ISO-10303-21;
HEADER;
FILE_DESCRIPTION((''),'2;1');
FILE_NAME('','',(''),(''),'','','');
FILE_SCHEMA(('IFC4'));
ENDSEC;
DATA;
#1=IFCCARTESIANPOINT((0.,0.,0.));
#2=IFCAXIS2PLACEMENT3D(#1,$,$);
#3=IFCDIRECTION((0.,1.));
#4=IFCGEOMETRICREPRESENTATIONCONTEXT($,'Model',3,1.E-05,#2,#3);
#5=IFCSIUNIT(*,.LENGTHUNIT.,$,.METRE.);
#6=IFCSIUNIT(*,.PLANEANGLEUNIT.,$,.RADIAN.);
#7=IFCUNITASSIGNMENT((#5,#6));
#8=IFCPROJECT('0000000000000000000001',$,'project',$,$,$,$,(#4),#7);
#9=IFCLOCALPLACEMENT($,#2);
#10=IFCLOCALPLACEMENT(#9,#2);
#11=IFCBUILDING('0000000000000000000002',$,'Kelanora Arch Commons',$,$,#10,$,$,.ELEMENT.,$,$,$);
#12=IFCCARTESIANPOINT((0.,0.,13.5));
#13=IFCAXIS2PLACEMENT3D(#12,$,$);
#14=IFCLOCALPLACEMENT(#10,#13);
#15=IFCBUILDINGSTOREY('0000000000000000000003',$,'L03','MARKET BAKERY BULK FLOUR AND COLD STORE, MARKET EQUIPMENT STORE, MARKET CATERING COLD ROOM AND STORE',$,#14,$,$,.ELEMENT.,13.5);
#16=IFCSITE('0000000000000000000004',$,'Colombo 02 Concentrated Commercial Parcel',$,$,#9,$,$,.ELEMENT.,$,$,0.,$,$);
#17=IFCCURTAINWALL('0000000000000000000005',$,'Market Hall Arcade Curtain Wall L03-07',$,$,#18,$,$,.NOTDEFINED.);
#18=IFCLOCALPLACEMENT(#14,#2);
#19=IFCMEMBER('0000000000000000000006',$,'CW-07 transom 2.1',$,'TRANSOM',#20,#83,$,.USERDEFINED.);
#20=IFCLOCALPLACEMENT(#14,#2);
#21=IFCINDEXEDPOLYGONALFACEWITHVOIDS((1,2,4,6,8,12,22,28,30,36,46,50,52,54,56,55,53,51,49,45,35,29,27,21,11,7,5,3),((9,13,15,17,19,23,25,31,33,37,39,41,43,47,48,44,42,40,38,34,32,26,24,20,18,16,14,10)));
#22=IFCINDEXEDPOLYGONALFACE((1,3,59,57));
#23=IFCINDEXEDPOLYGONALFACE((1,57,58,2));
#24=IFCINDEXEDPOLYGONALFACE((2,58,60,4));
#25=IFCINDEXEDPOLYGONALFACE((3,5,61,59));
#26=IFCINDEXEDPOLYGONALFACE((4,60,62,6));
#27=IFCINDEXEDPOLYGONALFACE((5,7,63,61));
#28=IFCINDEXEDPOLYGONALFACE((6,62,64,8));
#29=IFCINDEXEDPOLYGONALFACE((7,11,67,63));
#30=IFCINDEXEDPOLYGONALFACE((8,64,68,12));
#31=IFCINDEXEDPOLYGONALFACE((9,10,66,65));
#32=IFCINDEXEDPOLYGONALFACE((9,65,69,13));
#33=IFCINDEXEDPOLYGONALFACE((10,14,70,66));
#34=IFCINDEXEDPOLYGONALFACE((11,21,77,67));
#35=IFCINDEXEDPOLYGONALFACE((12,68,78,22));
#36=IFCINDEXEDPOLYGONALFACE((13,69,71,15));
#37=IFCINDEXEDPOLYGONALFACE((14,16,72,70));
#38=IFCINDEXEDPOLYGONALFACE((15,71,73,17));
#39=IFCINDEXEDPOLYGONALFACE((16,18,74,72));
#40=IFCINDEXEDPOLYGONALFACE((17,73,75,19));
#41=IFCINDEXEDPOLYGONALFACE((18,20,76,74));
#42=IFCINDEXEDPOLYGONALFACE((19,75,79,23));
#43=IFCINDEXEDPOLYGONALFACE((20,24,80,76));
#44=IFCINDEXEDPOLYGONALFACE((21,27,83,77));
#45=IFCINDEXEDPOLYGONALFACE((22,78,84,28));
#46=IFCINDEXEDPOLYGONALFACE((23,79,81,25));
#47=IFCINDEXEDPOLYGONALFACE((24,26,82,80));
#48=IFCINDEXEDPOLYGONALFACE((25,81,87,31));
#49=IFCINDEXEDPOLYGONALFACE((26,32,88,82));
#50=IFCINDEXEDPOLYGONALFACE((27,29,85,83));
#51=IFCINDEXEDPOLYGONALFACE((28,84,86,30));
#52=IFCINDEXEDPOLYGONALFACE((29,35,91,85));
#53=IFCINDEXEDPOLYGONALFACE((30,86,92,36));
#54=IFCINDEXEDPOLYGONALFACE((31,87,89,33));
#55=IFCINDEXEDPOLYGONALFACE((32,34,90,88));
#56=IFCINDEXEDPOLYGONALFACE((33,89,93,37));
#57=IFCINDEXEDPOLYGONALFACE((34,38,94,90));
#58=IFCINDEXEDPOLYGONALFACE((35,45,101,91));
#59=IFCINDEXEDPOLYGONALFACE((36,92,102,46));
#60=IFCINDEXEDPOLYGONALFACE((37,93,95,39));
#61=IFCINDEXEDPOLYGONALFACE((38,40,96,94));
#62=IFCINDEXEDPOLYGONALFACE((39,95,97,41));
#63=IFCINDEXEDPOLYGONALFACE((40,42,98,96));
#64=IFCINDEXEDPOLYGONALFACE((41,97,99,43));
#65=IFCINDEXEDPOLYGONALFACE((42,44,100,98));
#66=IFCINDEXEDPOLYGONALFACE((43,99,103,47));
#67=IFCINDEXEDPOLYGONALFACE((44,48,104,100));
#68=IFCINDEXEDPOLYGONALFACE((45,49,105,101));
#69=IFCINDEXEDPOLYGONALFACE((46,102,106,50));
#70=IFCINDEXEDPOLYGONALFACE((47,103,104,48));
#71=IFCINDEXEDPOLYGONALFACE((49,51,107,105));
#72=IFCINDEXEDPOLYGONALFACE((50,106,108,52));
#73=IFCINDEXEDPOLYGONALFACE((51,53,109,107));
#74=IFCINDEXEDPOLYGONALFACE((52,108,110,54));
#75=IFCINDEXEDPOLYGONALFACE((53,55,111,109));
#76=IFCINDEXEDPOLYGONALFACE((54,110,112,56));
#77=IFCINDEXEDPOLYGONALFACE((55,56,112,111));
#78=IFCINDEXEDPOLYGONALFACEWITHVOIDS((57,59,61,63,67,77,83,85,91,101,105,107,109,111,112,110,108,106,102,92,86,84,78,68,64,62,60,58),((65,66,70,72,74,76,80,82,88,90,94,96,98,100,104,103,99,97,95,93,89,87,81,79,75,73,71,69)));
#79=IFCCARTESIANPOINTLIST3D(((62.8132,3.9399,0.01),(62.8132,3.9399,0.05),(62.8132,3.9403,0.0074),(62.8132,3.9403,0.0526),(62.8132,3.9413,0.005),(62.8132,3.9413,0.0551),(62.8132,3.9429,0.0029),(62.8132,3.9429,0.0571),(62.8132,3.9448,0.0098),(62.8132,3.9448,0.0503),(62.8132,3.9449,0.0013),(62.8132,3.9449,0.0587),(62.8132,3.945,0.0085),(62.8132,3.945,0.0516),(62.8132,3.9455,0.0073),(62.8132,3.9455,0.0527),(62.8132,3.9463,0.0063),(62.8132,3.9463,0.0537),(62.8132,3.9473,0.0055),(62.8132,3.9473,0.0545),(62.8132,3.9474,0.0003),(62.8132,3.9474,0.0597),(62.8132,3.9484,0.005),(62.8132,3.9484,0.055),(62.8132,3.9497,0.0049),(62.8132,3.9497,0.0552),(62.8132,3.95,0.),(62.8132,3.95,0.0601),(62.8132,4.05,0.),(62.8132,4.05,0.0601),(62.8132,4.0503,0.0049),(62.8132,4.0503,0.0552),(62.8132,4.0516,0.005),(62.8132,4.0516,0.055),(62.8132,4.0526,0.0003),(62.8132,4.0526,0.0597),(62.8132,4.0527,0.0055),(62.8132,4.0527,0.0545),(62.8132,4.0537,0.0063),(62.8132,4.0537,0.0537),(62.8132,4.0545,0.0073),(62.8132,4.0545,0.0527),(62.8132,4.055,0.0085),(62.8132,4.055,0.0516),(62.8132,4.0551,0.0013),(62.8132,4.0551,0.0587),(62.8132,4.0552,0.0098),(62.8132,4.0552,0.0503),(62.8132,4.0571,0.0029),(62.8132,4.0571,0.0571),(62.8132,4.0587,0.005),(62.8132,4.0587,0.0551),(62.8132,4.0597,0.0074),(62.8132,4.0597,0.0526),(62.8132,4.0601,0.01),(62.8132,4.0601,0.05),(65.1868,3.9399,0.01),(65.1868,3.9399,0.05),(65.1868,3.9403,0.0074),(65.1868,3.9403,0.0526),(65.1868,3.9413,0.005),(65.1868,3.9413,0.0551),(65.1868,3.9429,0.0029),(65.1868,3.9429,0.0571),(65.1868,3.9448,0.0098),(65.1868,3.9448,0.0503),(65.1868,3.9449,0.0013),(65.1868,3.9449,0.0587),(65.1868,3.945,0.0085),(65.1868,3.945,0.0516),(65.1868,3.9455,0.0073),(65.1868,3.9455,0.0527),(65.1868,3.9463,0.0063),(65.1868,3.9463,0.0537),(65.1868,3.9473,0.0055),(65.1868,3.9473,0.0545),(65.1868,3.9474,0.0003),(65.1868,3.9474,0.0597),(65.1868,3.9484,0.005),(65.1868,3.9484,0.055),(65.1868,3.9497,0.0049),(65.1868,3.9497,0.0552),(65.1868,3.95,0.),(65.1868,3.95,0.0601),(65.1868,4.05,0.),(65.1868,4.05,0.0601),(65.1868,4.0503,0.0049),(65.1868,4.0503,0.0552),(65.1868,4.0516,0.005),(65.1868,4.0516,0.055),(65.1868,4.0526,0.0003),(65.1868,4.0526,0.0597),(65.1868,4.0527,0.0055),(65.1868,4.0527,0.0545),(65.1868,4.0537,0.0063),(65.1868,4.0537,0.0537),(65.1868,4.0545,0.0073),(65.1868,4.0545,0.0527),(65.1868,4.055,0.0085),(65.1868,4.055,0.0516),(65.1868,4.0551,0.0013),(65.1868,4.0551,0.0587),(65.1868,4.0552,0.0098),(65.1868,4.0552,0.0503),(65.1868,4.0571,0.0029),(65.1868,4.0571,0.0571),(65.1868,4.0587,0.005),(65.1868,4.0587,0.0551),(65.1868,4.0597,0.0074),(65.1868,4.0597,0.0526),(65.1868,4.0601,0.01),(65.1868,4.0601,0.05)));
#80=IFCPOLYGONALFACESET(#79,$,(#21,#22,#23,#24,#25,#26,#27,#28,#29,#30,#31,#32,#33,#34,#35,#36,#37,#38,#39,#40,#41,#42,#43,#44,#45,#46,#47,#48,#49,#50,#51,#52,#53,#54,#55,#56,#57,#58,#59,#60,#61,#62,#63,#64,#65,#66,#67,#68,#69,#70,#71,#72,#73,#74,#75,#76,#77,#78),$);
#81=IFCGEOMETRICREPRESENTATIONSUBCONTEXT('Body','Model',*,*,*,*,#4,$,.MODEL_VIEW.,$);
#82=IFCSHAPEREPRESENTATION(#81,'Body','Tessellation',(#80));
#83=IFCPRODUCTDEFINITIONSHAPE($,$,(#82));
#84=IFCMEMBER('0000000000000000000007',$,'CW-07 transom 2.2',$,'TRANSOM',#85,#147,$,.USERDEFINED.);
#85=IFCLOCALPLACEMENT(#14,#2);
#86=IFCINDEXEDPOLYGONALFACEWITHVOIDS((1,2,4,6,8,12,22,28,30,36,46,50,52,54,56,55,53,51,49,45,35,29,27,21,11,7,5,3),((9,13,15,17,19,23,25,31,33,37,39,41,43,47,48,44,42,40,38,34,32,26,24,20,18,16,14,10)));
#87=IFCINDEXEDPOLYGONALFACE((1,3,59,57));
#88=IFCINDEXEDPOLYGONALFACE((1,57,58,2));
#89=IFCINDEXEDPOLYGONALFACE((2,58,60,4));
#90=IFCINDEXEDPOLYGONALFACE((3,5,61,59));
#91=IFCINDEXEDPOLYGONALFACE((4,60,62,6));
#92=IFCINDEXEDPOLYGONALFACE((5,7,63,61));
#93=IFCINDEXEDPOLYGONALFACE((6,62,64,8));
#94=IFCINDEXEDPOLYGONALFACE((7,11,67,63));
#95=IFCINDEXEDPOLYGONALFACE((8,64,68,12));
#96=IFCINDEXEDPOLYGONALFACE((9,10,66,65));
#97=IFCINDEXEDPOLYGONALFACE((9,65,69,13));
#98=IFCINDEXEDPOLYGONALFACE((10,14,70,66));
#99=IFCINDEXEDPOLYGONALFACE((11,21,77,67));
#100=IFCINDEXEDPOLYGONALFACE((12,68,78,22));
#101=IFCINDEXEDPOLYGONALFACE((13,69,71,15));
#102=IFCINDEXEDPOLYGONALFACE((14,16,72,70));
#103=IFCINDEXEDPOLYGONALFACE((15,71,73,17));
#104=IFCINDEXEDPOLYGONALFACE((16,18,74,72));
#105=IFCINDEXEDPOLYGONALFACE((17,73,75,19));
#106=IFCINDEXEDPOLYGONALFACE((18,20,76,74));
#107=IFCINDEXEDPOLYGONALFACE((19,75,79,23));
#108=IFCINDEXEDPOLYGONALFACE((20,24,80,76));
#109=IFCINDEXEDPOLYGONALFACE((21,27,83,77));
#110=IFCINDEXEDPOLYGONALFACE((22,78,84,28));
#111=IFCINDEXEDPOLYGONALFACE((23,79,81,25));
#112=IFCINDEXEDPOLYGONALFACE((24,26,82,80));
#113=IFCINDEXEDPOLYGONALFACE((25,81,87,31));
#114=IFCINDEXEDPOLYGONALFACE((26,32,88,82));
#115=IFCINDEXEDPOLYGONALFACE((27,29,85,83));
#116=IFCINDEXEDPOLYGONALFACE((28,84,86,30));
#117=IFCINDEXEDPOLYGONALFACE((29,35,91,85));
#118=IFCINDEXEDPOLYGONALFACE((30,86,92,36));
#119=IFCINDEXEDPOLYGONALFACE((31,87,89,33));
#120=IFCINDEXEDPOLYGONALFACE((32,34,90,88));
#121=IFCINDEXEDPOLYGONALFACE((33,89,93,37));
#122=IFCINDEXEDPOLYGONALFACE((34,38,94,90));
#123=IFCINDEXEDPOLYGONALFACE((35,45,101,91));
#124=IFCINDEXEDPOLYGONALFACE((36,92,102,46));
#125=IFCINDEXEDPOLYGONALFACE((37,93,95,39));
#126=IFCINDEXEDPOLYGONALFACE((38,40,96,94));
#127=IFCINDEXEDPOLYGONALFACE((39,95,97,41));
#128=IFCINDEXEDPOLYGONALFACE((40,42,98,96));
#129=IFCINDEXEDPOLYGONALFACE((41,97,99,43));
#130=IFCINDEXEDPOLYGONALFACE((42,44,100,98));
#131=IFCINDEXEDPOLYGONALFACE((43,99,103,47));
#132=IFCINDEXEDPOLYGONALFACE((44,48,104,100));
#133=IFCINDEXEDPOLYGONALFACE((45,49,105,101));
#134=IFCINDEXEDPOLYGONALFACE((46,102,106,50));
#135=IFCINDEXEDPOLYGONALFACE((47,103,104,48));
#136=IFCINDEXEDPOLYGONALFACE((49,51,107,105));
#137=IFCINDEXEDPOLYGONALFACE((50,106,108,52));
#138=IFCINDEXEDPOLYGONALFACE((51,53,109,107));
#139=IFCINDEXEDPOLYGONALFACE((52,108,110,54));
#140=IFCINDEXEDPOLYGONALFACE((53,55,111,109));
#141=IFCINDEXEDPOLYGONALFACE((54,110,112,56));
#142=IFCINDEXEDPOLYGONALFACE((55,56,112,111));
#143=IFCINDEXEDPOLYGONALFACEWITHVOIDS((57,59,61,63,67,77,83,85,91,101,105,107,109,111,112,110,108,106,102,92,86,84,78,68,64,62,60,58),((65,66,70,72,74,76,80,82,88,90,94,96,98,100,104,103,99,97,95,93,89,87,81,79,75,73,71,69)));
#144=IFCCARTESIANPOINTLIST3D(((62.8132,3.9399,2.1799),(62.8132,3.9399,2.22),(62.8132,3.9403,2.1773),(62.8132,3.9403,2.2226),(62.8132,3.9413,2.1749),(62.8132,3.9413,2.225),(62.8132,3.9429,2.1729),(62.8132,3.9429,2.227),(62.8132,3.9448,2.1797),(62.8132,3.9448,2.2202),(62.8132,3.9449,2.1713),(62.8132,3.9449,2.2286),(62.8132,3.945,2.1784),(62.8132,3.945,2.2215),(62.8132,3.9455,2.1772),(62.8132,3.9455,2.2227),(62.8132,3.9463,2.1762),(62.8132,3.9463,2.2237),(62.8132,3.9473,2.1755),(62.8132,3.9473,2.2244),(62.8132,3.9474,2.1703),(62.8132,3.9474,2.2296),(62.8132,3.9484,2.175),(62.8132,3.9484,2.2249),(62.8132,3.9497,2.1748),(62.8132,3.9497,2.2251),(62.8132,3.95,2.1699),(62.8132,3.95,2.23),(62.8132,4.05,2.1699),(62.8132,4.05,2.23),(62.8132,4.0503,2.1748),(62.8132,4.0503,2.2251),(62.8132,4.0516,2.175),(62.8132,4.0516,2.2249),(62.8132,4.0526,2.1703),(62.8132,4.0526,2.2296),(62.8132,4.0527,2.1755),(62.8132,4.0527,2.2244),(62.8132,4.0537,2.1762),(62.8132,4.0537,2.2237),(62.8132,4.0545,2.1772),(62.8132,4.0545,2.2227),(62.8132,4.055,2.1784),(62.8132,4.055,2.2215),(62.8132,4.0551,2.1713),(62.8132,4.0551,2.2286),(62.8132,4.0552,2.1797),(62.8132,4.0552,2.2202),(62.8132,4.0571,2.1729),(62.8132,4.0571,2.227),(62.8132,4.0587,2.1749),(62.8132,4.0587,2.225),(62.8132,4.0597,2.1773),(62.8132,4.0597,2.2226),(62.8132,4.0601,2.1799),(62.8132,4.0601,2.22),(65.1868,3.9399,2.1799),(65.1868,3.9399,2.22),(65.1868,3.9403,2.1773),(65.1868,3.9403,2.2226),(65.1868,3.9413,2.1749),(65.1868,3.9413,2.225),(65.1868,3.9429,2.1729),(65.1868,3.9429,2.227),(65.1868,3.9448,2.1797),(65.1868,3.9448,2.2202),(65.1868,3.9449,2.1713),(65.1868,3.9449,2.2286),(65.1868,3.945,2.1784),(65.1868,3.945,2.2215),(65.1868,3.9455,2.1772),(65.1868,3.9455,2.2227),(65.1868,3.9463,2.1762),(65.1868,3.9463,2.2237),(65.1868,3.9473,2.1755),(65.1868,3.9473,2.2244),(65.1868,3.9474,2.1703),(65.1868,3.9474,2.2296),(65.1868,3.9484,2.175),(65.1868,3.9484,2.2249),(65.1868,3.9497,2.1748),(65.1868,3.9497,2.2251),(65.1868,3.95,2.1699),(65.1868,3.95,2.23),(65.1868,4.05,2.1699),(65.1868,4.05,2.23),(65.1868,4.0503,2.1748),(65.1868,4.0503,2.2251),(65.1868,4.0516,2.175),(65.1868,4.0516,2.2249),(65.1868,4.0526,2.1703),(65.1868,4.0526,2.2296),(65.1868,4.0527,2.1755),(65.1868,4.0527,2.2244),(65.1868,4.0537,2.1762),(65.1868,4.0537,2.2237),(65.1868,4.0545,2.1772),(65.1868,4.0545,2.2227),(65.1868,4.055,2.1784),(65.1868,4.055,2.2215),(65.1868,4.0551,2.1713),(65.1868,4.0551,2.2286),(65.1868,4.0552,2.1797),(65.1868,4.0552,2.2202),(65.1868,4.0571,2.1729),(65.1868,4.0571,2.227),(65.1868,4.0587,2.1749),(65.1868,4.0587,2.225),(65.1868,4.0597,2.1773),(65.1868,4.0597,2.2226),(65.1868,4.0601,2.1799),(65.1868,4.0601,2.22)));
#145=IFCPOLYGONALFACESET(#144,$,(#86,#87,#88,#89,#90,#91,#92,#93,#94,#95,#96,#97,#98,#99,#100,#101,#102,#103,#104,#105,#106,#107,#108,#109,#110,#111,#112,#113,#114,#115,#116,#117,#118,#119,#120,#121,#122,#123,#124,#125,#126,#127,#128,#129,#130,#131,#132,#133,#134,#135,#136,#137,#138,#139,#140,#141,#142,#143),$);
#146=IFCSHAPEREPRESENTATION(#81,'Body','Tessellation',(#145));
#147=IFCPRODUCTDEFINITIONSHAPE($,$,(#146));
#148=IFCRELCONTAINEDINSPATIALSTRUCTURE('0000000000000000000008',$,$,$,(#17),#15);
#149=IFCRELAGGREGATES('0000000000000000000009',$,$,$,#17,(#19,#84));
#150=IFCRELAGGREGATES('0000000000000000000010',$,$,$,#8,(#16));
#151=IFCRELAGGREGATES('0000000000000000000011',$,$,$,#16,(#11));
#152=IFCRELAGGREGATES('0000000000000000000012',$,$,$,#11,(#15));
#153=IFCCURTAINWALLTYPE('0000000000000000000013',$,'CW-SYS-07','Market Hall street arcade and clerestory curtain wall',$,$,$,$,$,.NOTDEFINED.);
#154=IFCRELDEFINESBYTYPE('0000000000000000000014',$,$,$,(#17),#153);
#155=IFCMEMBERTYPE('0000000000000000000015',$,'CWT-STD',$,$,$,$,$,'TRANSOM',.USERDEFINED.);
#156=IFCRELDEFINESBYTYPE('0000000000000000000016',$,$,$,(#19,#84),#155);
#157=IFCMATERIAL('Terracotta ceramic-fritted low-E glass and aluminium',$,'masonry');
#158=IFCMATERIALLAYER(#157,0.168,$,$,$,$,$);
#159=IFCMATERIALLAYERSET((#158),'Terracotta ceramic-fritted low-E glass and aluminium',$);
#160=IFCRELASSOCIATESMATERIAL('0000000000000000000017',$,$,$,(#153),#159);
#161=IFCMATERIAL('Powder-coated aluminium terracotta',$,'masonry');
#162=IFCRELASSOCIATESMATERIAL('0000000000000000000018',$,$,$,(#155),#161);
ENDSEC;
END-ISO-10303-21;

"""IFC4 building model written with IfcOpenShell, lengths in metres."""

from ifc_helpers import new_model, si_unit, direction, frame, origin, origin_2d, place, context, subcontext, project, spatial, hollow_rectangle, extrude, material, layer, layer_set, material_profile, profile_set, type_object, element, aggregate, save


model = new_model("IFC4")

# Units and contexts
model_context = context("Model", 3, precision=1e-05, world=origin(), true_north=direction((0.0, 1.0)))
body_context = subcontext(model_context, "Body", "Model", "MODEL_VIEW")
ifc_project = project(units=[si_unit("LENGTHUNIT", "METRE"), si_unit("PLANEANGLEUNIT", "RADIAN")], contexts=[model_context])

# Site, building, storey
site_placement = place(None, origin())
site = spatial("IfcSite", under=ifc_project, at=site_placement, Name="Colombo 02 Concentrated Commercial Parcel", CompositionType="ELEMENT", RefElevation=0.0)
building_placement = place(site_placement, origin())
building = spatial("IfcBuilding", under=site, at=building_placement, Name="Kelanora Arch Commons", CompositionType="ELEMENT")
storey_placement = place(building_placement, frame((0.0, 0.0, 13.5)))
storey = spatial("IfcBuildingStorey", under=building, at=storey_placement, Name="L03", Description="MARKET BAKERY BULK FLOUR AND COLD STORE, MARKET EQUIPMENT STORE, MARKET CATERING COLD ROOM AND STORE", CompositionType="ELEMENT", Elevation=13.5)

# Curtain wall, members
ifc_material_1 = material(Name="Terracotta ceramic-fritted low-E glass and aluminium", Category="masonry")
ifc_layer_1 = layer(ifc_material_1, 0.168)
ifc_layer_set_1 = layer_set([ifc_layer_1], Name="Terracotta ceramic-fritted low-E glass and aluminium")
curtain_wall_type = type_object("IfcCurtainWallType", Name="CW-SYS-07", Description="Market Hall street arcade and clerestory curtain wall", PredefinedType="NOTDEFINED", material=ifc_layer_set_1)
curtain_wall_placement = place(storey_placement, origin())
curtain_wall = element("IfcCurtainWall", 1, at=curtain_wall_placement, inside=storey, type_object=curtain_wall_type, Name="Market Hall Arcade Curtain Wall L03-07", PredefinedType="NOTDEFINED")
ifc_material_2 = material(Name="Powder-coated aluminium terracotta", Category="masonry")
ifc_material_profile_1 = material_profile(ifc_material_2, hollow_rectangle(XDim=0.1201, YDim=0.0601, WallThickness=0.0049, InnerFilletRadius=0.0049, OuterFilletRadius=0.01, at=origin_2d()), Name="CWT120x60")
ifc_profile_set_1 = profile_set([ifc_material_profile_1], Name="Powder-coated aluminium terracotta")
member_type_1 = type_object("IfcMemberType", Name="CWT-STD", ElementType="TRANSOM", PredefinedType="USERDEFINED", material=ifc_profile_set_1)
member_1_placement = place(storey_placement, frame((62.8132, 4.0, 0.03), z_axis=(1.0, 0.0, 0.0), x_axis=(0.0, 1.0, 0.0)))
member_1 = element("IfcMember", 2, at=member_1_placement, type_object=member_type_1, Name="CW-07 transom 2.1", ObjectType="TRANSOM", PredefinedType="USERDEFINED", context=body_context, shape_type="SweptSolid", body=[
    extrude(hollow_rectangle(XDim=0.1201, YDim=0.0601, WallThickness=0.0049, InnerFilletRadius=0.0049, OuterFilletRadius=0.01, at=origin_2d()), origin(), (0.0, 0.0, 1.0), 2.3735),
])
member_2_placement = place(storey_placement, frame((62.8132, 4.0, 2.2), z_axis=(1.0, 0.0, 0.0), x_axis=(0.0, 1.0, 0.0)))
member_2 = element("IfcMember", 3, at=member_2_placement, type_object=member_type_1, Name="CW-07 transom 2.2", ObjectType="TRANSOM", PredefinedType="USERDEFINED", context=body_context, shape_type="SweptSolid", body=[
    extrude(hollow_rectangle(XDim=0.1201, YDim=0.0601, WallThickness=0.0049, InnerFilletRadius=0.0049, OuterFilletRadius=0.01, at=origin_2d()), origin(), (0.0, 0.0, 1.0), 2.3735),
])

aggregate(curtain_wall, [member_1, member_2])

save(model, "model.ifc")
